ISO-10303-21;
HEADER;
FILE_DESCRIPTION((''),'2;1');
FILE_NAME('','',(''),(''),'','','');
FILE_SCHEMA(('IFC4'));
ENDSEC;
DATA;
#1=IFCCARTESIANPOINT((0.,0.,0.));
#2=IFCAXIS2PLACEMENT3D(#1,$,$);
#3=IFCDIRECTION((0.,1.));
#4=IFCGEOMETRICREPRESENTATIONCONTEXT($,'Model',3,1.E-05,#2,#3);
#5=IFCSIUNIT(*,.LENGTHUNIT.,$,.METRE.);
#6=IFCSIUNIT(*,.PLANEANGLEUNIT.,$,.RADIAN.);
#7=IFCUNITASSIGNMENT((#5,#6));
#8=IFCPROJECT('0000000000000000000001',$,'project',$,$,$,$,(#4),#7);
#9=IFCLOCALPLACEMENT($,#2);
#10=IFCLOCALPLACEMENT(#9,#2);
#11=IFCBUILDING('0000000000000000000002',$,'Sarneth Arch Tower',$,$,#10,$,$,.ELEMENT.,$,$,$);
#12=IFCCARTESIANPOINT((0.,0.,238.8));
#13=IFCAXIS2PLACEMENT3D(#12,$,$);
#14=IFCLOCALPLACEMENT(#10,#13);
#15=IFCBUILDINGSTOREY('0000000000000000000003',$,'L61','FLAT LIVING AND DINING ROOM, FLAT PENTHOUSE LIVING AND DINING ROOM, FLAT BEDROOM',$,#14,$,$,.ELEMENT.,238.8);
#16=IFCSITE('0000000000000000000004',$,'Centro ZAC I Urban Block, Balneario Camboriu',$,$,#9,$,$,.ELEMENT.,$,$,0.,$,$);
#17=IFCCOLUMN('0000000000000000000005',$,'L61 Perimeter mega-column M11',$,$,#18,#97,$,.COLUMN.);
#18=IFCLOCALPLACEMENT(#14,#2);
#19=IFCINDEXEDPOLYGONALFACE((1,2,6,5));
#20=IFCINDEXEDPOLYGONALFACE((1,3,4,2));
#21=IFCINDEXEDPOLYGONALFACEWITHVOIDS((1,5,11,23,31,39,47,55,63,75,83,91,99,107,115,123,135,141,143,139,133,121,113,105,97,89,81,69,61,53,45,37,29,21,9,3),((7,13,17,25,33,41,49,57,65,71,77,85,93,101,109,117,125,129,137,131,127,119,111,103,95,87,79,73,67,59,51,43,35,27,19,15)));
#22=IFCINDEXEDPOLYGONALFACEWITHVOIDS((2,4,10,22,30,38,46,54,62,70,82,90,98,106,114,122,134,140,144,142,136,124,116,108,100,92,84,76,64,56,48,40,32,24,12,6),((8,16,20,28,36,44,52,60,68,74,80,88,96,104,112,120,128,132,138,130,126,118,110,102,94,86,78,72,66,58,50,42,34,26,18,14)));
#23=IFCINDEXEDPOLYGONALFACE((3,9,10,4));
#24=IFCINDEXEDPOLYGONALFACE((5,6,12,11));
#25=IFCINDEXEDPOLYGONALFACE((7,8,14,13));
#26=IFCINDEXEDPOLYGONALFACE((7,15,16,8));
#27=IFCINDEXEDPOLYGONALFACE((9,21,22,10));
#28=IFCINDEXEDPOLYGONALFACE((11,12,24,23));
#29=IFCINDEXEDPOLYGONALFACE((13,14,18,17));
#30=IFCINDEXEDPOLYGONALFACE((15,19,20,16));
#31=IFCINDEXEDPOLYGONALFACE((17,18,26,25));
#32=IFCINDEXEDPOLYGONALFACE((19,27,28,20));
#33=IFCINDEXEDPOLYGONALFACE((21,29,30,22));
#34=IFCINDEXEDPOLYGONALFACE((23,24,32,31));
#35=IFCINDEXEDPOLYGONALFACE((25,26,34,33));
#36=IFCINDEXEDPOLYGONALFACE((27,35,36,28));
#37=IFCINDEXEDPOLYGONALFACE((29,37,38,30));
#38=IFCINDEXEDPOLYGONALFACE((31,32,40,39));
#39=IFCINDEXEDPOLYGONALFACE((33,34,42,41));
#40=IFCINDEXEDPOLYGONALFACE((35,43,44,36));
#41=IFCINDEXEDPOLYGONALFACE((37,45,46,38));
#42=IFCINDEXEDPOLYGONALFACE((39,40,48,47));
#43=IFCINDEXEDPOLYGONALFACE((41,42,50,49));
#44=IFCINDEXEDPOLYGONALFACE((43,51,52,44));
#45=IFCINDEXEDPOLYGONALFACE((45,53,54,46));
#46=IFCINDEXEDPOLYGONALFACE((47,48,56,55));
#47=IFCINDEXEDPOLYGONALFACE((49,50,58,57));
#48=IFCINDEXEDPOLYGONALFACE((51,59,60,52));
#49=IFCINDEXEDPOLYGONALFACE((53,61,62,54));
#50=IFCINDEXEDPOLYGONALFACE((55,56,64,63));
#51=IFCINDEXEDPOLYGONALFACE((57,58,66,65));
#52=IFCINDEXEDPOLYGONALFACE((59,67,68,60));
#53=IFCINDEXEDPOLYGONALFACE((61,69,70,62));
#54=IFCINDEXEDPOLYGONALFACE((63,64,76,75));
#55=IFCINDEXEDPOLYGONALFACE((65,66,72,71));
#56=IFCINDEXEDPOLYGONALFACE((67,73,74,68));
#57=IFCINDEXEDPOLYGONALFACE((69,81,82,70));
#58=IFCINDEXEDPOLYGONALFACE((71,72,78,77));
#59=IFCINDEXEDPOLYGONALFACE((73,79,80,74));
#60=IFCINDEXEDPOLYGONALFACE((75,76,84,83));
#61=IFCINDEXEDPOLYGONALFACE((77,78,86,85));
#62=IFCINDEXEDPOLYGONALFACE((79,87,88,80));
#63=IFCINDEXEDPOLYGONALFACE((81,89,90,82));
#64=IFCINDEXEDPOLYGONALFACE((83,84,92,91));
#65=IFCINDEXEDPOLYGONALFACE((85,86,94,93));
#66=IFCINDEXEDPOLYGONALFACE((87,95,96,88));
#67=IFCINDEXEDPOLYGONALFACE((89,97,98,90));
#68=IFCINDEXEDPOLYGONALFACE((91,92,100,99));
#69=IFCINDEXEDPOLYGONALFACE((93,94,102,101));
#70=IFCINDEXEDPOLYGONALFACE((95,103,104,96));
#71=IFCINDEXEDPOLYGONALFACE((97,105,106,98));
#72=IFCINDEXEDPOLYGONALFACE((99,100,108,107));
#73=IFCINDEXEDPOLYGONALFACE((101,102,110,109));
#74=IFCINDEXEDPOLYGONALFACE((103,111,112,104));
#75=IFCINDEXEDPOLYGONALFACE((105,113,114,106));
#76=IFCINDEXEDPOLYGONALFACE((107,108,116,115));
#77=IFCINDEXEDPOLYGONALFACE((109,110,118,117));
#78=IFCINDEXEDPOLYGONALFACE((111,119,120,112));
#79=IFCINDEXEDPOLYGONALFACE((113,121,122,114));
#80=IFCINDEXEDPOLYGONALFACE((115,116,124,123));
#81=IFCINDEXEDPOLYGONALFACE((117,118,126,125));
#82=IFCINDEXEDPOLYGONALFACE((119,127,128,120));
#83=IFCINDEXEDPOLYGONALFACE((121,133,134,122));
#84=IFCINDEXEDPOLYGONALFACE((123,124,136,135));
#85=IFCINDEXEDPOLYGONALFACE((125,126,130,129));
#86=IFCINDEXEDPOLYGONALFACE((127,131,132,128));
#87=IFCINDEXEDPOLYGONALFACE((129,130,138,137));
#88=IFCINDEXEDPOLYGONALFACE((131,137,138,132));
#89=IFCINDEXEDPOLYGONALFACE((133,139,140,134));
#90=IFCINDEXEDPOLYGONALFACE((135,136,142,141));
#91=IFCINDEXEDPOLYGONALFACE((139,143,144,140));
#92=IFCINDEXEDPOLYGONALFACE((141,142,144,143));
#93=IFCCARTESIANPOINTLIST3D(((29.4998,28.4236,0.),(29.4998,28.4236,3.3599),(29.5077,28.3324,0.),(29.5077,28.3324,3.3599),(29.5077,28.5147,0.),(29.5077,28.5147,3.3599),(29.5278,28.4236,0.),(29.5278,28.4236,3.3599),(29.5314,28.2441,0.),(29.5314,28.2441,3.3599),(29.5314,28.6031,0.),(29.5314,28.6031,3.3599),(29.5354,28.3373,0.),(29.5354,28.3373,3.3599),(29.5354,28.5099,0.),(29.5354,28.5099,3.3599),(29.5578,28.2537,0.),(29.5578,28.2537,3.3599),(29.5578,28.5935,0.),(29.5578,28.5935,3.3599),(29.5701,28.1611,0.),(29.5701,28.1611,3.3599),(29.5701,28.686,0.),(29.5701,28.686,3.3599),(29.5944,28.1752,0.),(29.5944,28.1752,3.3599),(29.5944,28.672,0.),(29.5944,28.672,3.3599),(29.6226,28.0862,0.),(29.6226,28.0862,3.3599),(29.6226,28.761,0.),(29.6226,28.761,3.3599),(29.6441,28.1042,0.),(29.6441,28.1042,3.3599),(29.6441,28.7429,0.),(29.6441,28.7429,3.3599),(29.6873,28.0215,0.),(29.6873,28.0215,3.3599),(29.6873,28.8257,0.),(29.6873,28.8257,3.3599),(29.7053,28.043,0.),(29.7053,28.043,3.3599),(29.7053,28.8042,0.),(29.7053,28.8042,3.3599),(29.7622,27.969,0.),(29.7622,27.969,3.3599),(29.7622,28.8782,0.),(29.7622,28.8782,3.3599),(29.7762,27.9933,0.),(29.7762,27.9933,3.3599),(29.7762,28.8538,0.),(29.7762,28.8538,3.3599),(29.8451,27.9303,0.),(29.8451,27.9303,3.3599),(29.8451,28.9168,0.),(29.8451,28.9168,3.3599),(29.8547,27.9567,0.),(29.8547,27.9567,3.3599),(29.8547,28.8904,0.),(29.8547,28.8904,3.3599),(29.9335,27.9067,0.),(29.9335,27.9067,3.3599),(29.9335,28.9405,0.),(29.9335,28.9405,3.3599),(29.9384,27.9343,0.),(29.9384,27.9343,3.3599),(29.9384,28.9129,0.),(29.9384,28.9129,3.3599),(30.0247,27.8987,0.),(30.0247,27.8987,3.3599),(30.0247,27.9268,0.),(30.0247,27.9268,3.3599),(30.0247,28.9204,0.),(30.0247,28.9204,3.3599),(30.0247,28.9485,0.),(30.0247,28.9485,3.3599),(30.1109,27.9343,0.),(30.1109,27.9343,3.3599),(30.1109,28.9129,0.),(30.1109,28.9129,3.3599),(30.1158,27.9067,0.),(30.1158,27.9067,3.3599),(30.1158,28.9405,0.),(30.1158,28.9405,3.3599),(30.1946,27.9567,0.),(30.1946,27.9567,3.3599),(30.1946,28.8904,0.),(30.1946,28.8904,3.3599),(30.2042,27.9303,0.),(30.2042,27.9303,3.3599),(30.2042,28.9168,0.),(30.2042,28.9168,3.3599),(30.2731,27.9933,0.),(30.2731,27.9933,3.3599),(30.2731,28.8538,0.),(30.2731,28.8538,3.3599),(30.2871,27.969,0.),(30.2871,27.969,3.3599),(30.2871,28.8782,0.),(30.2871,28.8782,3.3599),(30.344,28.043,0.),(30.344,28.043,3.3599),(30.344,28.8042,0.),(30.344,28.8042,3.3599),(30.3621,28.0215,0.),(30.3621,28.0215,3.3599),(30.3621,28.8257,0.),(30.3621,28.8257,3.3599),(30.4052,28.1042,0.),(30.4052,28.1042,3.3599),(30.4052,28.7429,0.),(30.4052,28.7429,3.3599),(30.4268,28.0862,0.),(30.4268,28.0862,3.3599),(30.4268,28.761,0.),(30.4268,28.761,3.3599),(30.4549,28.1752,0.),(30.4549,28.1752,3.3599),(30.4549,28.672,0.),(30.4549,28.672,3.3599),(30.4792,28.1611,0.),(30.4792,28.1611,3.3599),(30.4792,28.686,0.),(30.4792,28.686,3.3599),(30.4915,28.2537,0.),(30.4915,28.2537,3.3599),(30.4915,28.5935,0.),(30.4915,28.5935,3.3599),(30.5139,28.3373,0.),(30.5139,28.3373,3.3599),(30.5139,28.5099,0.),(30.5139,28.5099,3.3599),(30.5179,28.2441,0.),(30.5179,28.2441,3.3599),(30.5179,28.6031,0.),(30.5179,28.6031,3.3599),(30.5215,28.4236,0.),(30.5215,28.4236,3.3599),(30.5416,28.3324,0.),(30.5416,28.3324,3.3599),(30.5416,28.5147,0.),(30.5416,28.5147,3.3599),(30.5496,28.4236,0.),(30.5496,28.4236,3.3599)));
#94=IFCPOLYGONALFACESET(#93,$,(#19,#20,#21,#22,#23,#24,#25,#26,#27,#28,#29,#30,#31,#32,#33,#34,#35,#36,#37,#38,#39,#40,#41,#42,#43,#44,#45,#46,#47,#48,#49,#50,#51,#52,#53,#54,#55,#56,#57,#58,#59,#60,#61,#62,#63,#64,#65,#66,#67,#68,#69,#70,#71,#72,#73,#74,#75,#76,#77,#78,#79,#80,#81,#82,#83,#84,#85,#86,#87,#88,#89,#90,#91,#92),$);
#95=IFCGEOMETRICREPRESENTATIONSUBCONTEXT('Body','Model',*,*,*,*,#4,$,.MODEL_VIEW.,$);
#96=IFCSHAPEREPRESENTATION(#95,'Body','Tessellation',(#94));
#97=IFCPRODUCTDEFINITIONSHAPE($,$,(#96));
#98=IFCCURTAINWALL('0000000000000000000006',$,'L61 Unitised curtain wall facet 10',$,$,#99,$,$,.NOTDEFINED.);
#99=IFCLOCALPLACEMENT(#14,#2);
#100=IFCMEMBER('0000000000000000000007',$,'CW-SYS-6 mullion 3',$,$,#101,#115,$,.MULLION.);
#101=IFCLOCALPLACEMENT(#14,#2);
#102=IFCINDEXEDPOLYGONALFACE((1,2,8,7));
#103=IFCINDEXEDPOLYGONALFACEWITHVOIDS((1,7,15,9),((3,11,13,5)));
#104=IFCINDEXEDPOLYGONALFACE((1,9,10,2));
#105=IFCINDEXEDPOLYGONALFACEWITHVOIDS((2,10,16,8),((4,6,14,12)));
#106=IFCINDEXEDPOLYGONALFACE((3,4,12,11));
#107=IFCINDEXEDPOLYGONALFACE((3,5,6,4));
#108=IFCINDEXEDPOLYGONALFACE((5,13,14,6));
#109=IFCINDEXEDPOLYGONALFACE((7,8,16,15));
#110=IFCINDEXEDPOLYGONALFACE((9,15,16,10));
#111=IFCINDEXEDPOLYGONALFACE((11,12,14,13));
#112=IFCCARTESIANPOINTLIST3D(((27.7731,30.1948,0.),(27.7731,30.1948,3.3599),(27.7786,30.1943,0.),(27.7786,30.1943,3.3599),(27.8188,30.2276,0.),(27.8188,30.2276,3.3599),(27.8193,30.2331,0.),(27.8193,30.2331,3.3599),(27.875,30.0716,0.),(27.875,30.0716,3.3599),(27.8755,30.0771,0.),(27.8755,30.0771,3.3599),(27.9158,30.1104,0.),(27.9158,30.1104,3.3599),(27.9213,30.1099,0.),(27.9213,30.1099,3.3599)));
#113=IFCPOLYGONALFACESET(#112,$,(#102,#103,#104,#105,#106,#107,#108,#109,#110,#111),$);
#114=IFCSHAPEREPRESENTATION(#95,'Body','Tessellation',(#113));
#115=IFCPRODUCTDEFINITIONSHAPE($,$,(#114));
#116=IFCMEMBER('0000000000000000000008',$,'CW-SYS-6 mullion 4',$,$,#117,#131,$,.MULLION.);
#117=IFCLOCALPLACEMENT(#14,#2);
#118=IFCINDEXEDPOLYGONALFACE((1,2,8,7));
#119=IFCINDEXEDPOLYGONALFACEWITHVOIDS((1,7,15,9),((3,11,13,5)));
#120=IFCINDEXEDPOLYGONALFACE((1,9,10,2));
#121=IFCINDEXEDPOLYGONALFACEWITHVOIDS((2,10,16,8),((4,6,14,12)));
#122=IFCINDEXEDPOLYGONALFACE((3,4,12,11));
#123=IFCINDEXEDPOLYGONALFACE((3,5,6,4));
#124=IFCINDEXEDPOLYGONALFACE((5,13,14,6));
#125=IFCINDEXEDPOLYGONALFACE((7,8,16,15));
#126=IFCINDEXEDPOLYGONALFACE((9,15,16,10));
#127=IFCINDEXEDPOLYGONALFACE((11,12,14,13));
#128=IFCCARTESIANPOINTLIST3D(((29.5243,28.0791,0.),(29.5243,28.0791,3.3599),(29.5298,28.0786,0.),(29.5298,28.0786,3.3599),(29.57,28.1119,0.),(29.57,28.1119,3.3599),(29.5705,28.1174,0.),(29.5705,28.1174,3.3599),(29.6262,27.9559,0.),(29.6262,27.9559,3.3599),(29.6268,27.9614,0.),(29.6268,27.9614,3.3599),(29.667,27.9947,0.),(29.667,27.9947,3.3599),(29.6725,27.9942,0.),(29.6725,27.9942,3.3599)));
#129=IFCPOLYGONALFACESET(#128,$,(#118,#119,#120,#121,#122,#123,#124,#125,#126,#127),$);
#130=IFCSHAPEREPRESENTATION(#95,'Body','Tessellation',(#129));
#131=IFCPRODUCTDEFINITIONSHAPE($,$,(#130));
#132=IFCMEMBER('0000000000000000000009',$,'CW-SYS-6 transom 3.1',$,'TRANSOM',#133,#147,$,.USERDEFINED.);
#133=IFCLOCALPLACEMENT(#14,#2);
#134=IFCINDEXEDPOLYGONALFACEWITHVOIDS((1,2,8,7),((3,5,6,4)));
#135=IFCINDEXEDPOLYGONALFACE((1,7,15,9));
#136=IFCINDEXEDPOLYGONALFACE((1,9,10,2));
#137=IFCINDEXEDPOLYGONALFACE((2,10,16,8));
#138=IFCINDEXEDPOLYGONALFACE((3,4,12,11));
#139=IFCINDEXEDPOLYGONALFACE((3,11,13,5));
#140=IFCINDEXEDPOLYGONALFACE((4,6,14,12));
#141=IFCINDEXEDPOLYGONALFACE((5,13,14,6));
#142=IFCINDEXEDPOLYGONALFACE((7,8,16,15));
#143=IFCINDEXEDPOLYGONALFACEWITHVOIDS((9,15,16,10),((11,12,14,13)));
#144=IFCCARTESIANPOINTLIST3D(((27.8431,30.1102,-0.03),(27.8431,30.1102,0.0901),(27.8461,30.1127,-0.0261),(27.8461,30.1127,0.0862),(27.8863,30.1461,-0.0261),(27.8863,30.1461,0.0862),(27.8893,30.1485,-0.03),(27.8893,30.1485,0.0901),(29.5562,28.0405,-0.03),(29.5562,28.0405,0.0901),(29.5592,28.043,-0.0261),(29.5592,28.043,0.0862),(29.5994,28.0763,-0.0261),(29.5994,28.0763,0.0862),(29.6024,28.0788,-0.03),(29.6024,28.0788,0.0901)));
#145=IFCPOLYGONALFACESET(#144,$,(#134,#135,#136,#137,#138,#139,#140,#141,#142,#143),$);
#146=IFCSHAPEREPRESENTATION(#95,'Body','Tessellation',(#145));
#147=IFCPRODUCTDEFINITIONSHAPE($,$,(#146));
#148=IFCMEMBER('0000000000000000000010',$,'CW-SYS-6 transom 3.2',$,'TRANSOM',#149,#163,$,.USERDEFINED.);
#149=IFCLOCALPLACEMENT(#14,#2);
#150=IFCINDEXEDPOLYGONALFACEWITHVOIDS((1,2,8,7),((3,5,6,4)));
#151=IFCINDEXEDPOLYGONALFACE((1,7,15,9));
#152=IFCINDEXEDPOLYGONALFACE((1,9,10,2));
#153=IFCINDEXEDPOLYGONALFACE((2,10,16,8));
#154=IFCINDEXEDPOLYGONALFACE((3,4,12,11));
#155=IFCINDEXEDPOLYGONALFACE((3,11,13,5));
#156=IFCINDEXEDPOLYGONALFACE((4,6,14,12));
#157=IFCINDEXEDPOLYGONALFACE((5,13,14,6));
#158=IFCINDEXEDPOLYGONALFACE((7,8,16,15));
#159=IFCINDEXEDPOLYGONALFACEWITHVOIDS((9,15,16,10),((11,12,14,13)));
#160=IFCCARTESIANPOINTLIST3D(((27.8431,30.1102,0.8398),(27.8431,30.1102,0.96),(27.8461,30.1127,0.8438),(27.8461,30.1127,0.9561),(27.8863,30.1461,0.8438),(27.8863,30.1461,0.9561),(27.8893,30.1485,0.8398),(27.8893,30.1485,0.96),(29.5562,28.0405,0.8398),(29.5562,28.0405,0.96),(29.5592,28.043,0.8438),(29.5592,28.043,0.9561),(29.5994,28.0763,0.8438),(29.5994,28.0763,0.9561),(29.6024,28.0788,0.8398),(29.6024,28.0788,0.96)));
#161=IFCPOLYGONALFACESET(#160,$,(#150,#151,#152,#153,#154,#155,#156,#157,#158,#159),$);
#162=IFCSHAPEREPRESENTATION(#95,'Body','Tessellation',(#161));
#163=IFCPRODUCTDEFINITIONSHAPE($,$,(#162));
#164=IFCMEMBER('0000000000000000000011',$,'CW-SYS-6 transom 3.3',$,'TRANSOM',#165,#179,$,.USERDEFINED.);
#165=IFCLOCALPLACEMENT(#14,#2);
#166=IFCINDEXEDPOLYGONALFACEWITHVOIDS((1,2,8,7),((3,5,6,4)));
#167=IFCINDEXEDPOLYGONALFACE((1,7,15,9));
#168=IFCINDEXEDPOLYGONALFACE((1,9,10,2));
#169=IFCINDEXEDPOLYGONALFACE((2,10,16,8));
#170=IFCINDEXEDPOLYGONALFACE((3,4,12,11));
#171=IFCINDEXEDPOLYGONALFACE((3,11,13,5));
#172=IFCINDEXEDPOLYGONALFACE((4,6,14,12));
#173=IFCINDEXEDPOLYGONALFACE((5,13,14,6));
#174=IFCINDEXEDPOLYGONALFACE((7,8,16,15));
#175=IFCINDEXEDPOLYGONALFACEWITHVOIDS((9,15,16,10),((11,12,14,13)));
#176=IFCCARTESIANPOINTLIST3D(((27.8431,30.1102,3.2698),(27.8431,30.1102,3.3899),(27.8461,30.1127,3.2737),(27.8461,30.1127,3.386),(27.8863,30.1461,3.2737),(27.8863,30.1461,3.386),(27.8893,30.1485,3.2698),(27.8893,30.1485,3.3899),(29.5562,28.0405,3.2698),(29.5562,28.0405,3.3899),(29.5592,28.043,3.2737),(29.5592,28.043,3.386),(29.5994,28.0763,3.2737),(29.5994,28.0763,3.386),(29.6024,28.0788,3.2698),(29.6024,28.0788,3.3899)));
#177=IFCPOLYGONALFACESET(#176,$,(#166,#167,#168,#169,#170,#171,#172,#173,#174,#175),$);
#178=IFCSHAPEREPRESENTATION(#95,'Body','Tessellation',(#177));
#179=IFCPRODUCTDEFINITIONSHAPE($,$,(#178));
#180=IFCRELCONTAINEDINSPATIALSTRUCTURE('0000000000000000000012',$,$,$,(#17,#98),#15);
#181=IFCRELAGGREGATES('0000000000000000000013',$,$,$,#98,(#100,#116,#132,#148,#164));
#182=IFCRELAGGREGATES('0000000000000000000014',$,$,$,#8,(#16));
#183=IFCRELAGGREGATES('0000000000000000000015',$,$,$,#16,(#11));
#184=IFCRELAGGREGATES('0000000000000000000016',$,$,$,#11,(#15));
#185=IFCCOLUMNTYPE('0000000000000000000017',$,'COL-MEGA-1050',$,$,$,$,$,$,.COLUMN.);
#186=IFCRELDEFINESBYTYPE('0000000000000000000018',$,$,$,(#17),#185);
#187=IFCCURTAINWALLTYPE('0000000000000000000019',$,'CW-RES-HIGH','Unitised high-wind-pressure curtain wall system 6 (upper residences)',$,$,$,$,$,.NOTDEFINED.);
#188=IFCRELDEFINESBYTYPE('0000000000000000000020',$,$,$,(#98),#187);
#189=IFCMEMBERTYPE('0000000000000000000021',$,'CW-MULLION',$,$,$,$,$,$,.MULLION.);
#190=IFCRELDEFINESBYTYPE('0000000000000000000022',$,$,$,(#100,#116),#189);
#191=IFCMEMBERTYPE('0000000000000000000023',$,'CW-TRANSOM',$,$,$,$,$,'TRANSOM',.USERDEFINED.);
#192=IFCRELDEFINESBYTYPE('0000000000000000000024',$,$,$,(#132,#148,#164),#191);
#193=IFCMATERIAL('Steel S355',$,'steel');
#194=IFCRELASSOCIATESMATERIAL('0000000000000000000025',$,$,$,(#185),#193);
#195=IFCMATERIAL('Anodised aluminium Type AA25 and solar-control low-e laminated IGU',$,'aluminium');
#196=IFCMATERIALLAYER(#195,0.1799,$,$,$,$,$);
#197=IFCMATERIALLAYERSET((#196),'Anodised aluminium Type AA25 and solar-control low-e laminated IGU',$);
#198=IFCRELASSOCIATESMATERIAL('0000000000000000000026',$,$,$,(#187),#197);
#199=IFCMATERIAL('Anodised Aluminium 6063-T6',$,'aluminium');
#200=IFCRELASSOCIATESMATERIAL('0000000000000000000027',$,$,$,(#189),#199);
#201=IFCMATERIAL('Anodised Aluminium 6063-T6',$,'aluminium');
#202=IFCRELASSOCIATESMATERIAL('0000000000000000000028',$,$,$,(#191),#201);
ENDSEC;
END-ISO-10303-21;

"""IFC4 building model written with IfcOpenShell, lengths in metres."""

from ifc_helpers import new_model, si_unit, direction, frame, origin, origin_2d, place, context, subcontext, project, spatial, hollow_rectangle, hollow_circle, extrude, material, layer, layer_set, material_profile, profile_set, type_object, element, aggregate, save


model = new_model("IFC4")

# Units and contexts
model_context = context("Model", 3, precision=1e-05, world=origin(), true_north=direction((0.0, 1.0)))
body_context = subcontext(model_context, "Body", "Model", "MODEL_VIEW")
ifc_project = project(units=[si_unit("LENGTHUNIT", "METRE"), si_unit("PLANEANGLEUNIT", "RADIAN")], contexts=[model_context])

# Site, building, storey
site_placement = place(None, origin())
site = spatial("IfcSite", under=ifc_project, at=site_placement, Name="Centro ZAC I Urban Block, Balneario Camboriu", CompositionType="ELEMENT", RefElevation=0.0)
building_placement = place(site_placement, origin())
building = spatial("IfcBuilding", under=site, at=building_placement, Name="Sarneth Arch Tower", CompositionType="ELEMENT")
storey_placement = place(building_placement, frame((0.0, 0.0, 238.8)))
storey = spatial("IfcBuildingStorey", under=building, at=storey_placement, Name="L61", Description="FLAT LIVING AND DINING ROOM, FLAT PENTHOUSE LIVING AND DINING ROOM, FLAT BEDROOM", CompositionType="ELEMENT", Elevation=238.8)

# Column
ifc_material_1 = material(Name="Steel S355", Category="steel")
ifc_material_profile_1 = material_profile(ifc_material_1, hollow_circle(Radius=0.5249, WallThickness=0.0281, at=origin_2d()), Name="CHS1050x28")
ifc_profile_set_1 = profile_set([ifc_material_profile_1], Name="Steel S355")
column_type = type_object("IfcColumnType", Name="COL-MEGA-1050", PredefinedType="COLUMN", material=ifc_profile_set_1)
column_placement = place(storey_placement, frame((30.0247, 28.4236, 0.0), z_axis=(0.0, 0.0, 1.0), x_axis=(1.0, 0.0, 0.0)))
element("IfcColumn", 1, at=column_placement, inside=storey, type_object=column_type, Name="L61 Perimeter mega-column M11", PredefinedType="COLUMN", context=body_context, shape_type="SweptSolid", body=[
    extrude(hollow_circle(Radius=0.5249, WallThickness=0.0281, at=origin_2d()), origin(), (0.0, 0.0, 1.0), 3.3599),
])

# Curtain wall, members
ifc_material_2 = material(Name="Anodised aluminium Type AA25 and solar-control low-e laminated IGU", Category="aluminium")
ifc_layer_1 = layer(ifc_material_2, 0.1799)
ifc_layer_set_1 = layer_set([ifc_layer_1], Name="Anodised aluminium Type AA25 and solar-control low-e laminated IGU")
curtain_wall_type = type_object("IfcCurtainWallType", Name="CW-RES-HIGH", Description="Unitised high-wind-pressure curtain wall system 6 (upper residences)", PredefinedType="NOTDEFINED", material=ifc_layer_set_1)
curtain_wall_placement = place(storey_placement, origin())
curtain_wall = element("IfcCurtainWall", 2, at=curtain_wall_placement, inside=storey, type_object=curtain_wall_type, Name="L61 Unitised curtain wall facet 10", PredefinedType="NOTDEFINED")
ifc_material_3 = material(Name="Anodised Aluminium 6063-T6", Category="aluminium")
ifc_material_profile_2 = material_profile(ifc_material_3, hollow_rectangle(XDim=0.0601, YDim=0.1599, WallThickness=0.0039, at=origin_2d()), Name="AL-MULL-160x60x4")
ifc_profile_set_2 = profile_set([ifc_material_profile_2], Name="Anodised Aluminium 6063-T6")
member_type_1 = type_object("IfcMemberType", Name="CW-MULLION", PredefinedType="MULLION", material=ifc_profile_set_2)
member_1_placement = place(storey_placement, frame((27.8472, 30.1523, 0.0), z_axis=(0.0, 0.0, 1.0), x_axis=(0.770359, 0.63761, 0.0)))
member_1 = element("IfcMember", 3, at=member_1_placement, type_object=member_type_1, Name="CW-SYS-6 mullion 3", PredefinedType="MULLION", context=body_context, shape_type="SweptSolid", body=[
    extrude(hollow_rectangle(XDim=0.0601, YDim=0.1599, WallThickness=0.0039, at=origin_2d()), origin(), (0.0, 0.0, 1.0), 3.3599),
])
member_2_placement = place(storey_placement, frame((29.5984, 28.0366, 0.0), z_axis=(0.0, 0.0, 1.0), x_axis=(0.770359, 0.63761, 0.0)))
member_2 = element("IfcMember", 4, at=member_2_placement, type_object=member_type_1, Name="CW-SYS-6 mullion 4", PredefinedType="MULLION", context=body_context, shape_type="SweptSolid", body=[
    extrude(hollow_rectangle(XDim=0.0601, YDim=0.1599, WallThickness=0.0039, at=origin_2d()), origin(), (0.0, 0.0, 1.0), 3.3599),
])
ifc_material_4 = material(Name="Anodised Aluminium 6063-T6", Category="aluminium")
ifc_material_profile_3 = material_profile(ifc_material_4, hollow_rectangle(XDim=0.0601, YDim=0.1201, WallThickness=0.0039, at=origin_2d()), Name="AL-TRAN-120x60x4")
ifc_profile_set_3 = profile_set([ifc_material_profile_3], Name="Anodised Aluminium 6063-T6")
member_type_2 = type_object("IfcMemberType", Name="CW-TRANSOM", ElementType="TRANSOM", PredefinedType="USERDEFINED", material=ifc_profile_set_3)
member_3_placement = place(storey_placement, frame((27.8662, 30.1294, 0.03), z_axis=(0.637607, -0.770362, 0.0), x_axis=(0.770362, 0.637607, 0.0)))
member_3 = element("IfcMember", 5, at=member_3_placement, type_object=member_type_2, Name="CW-SYS-6 transom 3.1", ObjectType="TRANSOM", PredefinedType="USERDEFINED", context=body_context, shape_type="SweptSolid", body=[
    extrude(hollow_rectangle(XDim=0.0601, YDim=0.1201, WallThickness=0.0039, at=origin_2d()), origin(), (0.0, 0.0, 1.0), 2.6868),
])
member_4_placement = place(storey_placement, frame((27.8662, 30.1294, 0.8999), z_axis=(0.637607, -0.770362, 0.0), x_axis=(0.770362, 0.637607, 0.0)))
member_4 = element("IfcMember", 6, at=member_4_placement, type_object=member_type_2, Name="CW-SYS-6 transom 3.2", ObjectType="TRANSOM", PredefinedType="USERDEFINED", context=body_context, shape_type="SweptSolid", body=[
    extrude(hollow_rectangle(XDim=0.0601, YDim=0.1201, WallThickness=0.0039, at=origin_2d()), origin(), (0.0, 0.0, 1.0), 2.6868),
])
member_5_placement = place(storey_placement, frame((27.8662, 30.1294, 3.3298), z_axis=(0.637607, -0.770362, 0.0), x_axis=(0.770362, 0.637607, 0.0)))
member_5 = element("IfcMember", 7, at=member_5_placement, type_object=member_type_2, Name="CW-SYS-6 transom 3.3", ObjectType="TRANSOM", PredefinedType="USERDEFINED", context=body_context, shape_type="SweptSolid", body=[
    extrude(hollow_rectangle(XDim=0.0601, YDim=0.1201, WallThickness=0.0039, at=origin_2d()), origin(), (0.0, 0.0, 1.0), 2.6868),
])

aggregate(curtain_wall, [member_1, member_2, member_3, member_4, member_5])

save(model, "model.ifc")
